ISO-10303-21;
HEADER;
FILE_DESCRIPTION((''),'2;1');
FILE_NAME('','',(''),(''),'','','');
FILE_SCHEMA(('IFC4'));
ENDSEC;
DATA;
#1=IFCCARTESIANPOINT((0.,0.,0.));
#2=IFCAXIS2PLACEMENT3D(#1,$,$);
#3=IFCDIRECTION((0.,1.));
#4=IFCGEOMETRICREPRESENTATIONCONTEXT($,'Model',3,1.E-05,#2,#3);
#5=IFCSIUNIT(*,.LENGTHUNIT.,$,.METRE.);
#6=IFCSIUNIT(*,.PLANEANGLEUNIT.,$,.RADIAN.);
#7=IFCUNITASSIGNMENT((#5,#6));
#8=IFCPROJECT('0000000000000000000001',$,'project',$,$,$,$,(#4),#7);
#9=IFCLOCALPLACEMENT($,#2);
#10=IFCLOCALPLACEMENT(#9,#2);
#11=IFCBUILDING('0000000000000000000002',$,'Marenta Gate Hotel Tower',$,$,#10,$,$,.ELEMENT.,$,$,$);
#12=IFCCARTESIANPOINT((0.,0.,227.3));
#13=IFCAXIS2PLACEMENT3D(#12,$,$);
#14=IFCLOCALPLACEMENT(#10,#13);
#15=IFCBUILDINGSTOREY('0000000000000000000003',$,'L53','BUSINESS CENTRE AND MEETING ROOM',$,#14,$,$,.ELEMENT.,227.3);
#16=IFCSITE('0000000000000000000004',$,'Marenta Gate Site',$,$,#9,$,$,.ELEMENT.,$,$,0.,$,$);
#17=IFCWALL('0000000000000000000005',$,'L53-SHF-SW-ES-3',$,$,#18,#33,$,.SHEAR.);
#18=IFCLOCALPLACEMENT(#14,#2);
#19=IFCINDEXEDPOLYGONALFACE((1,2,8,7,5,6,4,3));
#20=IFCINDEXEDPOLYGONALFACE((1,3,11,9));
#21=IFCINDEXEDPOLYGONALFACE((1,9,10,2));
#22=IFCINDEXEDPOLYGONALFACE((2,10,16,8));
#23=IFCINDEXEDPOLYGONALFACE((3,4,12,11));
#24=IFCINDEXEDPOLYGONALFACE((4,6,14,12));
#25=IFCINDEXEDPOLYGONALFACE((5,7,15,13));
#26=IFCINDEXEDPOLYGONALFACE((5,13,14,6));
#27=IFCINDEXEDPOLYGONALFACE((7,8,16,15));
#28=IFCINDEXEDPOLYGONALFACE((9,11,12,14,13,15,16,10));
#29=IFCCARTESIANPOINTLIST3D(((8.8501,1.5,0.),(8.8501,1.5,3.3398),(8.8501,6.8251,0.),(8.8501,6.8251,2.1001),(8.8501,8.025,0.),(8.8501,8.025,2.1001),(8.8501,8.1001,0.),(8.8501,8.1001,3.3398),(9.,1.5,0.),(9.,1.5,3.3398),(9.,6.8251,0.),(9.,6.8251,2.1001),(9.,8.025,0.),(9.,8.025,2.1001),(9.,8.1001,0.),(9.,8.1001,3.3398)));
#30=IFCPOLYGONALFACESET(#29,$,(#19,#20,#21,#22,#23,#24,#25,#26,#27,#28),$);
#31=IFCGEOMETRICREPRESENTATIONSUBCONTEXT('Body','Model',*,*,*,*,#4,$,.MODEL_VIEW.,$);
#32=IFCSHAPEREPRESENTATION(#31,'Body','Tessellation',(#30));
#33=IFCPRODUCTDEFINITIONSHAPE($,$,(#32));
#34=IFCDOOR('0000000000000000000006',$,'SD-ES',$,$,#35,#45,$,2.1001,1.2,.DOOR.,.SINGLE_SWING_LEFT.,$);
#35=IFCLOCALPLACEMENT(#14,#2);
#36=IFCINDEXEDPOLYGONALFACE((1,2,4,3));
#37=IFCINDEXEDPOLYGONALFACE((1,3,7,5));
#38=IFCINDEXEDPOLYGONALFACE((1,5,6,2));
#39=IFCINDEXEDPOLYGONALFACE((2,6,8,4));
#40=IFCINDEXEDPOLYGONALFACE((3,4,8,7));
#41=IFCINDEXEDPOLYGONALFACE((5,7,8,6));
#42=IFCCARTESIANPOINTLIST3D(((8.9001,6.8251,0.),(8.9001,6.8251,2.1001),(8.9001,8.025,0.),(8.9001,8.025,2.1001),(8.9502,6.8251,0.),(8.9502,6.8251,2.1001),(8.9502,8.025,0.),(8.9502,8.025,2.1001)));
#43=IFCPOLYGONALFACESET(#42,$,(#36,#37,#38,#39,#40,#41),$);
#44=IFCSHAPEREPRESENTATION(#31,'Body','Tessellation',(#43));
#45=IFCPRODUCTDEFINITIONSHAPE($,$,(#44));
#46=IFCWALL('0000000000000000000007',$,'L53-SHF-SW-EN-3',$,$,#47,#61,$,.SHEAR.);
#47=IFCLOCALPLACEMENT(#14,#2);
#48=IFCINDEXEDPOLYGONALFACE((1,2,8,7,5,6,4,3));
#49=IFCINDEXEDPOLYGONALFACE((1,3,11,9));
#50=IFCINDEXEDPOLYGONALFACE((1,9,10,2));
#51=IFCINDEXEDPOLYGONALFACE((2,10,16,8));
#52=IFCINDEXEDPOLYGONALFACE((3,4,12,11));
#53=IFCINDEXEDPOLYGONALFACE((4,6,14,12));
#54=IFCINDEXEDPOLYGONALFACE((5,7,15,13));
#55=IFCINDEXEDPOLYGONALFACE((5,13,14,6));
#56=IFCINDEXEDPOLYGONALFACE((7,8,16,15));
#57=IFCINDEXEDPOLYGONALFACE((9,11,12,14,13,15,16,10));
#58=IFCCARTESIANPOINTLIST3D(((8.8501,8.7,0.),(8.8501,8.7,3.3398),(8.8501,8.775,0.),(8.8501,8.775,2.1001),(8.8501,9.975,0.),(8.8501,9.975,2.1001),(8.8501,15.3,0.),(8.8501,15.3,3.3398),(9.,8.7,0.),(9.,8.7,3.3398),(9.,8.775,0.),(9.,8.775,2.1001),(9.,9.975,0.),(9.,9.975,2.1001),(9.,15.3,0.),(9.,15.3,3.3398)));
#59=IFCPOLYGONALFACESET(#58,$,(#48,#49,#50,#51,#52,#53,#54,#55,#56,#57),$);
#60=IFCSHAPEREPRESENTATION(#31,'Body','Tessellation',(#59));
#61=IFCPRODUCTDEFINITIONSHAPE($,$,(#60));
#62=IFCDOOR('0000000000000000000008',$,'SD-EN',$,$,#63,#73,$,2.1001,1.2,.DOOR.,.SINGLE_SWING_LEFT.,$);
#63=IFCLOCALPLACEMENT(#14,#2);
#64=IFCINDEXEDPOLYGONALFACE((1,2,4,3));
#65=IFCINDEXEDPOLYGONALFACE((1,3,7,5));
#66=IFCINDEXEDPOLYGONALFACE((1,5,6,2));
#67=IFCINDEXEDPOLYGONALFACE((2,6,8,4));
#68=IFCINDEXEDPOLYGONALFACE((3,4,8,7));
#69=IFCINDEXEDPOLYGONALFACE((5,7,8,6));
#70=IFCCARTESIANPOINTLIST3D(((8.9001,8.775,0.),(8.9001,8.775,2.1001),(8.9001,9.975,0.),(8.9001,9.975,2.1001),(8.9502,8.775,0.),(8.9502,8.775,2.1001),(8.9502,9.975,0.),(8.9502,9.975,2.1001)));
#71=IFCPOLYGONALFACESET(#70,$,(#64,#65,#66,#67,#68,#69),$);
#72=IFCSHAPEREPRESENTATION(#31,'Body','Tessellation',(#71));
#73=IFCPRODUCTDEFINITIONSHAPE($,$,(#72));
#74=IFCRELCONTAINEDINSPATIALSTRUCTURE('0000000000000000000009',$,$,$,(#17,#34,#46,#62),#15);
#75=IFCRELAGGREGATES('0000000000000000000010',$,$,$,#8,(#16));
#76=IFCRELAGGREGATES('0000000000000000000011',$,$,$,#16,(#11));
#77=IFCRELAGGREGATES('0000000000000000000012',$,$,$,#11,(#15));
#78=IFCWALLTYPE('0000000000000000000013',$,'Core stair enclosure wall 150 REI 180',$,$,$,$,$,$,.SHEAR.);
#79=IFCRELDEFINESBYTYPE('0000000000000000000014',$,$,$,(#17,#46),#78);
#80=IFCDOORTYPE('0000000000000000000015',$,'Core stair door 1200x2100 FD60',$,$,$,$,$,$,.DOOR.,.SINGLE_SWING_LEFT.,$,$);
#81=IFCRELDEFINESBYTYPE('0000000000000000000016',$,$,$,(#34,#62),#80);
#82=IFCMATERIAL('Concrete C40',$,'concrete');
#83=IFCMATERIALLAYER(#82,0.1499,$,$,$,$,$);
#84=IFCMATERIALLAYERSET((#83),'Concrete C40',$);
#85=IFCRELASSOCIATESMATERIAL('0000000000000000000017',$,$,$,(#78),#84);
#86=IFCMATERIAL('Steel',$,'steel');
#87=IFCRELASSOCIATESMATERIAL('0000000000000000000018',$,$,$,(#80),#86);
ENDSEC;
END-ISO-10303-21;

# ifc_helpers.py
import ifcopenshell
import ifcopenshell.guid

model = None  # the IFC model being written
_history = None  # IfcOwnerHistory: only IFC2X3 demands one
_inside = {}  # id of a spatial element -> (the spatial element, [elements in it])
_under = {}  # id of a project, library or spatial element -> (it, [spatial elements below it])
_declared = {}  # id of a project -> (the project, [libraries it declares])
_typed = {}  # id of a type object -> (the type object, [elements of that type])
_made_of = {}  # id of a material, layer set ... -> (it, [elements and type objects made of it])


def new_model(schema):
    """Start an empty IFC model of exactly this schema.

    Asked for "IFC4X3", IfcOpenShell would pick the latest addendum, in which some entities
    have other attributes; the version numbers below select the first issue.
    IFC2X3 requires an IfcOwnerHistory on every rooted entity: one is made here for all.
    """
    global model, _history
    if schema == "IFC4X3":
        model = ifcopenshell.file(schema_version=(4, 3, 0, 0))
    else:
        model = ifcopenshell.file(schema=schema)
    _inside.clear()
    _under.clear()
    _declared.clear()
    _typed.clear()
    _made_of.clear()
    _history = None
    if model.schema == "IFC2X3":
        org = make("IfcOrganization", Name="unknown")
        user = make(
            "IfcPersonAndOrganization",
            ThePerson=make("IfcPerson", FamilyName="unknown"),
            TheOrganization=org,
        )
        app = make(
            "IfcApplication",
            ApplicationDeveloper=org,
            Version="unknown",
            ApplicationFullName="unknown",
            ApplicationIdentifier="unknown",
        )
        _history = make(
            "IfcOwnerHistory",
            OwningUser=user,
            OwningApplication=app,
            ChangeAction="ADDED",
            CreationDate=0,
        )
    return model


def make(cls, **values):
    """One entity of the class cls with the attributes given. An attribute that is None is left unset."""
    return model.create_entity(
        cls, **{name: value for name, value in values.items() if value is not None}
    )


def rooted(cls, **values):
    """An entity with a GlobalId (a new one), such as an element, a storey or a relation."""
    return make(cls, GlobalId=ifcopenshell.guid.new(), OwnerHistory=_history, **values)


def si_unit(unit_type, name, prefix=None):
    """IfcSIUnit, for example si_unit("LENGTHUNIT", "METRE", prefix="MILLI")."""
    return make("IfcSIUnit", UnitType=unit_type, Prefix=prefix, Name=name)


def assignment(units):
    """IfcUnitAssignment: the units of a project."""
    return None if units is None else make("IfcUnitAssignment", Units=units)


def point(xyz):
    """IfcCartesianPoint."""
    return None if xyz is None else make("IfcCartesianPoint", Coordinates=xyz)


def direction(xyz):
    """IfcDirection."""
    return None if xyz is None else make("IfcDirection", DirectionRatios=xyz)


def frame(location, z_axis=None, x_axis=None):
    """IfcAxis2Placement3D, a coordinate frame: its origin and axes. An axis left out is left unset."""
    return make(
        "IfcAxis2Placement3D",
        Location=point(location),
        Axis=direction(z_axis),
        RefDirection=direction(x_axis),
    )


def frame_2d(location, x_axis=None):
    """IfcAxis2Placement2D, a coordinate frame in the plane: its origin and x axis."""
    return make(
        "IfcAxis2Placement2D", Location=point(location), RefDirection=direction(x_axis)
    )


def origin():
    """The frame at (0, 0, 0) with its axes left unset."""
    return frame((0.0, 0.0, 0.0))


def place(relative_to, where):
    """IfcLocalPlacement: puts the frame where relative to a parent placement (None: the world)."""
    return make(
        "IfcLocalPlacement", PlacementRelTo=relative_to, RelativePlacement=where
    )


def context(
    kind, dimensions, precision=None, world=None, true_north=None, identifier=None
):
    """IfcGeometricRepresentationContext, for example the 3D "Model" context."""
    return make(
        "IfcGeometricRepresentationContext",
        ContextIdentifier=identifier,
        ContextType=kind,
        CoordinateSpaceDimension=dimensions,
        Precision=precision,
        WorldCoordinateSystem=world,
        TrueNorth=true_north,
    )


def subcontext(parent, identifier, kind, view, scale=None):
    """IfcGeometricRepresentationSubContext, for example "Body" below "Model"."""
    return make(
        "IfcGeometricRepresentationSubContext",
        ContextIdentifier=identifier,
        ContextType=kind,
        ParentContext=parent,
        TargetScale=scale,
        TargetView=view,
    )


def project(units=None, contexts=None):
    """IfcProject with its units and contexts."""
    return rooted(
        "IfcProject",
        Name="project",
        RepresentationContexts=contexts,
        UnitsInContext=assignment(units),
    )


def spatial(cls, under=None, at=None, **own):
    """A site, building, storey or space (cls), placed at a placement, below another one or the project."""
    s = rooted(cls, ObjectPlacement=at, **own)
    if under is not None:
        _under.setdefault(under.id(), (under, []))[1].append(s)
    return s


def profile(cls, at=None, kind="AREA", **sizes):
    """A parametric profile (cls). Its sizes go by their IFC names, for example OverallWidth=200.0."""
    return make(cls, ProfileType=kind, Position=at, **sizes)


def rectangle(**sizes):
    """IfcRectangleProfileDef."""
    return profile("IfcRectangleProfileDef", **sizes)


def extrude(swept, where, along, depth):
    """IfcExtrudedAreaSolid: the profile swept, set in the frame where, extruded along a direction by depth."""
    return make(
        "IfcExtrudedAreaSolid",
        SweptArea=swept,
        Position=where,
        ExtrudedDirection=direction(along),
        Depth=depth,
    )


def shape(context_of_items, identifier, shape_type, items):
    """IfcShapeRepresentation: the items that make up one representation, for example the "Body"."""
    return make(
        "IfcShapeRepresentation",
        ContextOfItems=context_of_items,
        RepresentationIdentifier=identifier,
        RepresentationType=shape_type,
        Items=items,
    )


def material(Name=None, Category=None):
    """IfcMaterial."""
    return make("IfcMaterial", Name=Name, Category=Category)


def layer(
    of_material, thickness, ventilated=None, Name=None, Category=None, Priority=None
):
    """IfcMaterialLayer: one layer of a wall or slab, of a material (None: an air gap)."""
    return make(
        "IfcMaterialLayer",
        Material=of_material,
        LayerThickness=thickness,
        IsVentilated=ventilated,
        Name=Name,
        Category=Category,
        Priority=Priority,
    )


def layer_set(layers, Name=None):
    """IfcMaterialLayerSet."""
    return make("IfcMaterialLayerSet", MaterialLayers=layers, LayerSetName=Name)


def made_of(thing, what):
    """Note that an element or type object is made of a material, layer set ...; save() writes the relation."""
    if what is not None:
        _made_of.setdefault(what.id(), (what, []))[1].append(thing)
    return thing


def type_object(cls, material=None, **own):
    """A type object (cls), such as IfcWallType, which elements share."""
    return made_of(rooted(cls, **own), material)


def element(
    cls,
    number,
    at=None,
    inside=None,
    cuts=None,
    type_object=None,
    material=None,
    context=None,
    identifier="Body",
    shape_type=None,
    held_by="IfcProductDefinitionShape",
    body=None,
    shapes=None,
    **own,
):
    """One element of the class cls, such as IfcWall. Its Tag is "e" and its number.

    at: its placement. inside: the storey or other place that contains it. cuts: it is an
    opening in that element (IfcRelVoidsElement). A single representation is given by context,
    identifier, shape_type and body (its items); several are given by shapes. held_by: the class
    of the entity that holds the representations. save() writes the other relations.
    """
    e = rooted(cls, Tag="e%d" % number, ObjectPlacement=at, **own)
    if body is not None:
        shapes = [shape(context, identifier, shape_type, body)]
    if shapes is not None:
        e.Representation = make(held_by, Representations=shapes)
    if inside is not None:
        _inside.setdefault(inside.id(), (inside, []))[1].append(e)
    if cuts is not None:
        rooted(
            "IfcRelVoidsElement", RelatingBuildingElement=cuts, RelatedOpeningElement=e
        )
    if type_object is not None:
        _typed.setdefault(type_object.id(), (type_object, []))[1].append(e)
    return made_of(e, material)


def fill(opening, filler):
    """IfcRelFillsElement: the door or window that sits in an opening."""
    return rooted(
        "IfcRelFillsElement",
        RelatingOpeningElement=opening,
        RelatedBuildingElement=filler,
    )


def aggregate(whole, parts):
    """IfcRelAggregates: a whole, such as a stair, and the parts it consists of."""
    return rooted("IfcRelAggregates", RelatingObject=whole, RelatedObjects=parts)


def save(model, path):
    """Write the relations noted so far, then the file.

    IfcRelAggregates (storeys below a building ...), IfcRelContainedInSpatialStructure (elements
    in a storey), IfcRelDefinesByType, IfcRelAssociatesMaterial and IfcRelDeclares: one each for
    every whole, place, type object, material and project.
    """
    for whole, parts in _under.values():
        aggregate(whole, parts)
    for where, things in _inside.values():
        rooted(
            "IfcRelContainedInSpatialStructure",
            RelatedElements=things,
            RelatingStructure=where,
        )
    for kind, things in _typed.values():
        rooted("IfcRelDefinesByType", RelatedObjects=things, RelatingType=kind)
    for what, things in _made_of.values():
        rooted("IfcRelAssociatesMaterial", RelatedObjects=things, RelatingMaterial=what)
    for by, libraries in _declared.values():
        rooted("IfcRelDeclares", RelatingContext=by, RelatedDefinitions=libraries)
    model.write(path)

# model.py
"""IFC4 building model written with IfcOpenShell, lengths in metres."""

from ifc_helpers import new_model, si_unit, direction, frame, frame_2d, origin, place, context, subcontext, project, spatial, rectangle, extrude, material, layer, layer_set, type_object, element, fill, save


model = new_model("IFC4")

# Units and contexts
model_context = context("Model", 3, precision=1e-05, world=origin(), true_north=direction((0.0, 1.0)))
body_context = subcontext(model_context, "Body", "Model", "MODEL_VIEW")
ifc_project = project(units=[si_unit("LENGTHUNIT", "METRE"), si_unit("PLANEANGLEUNIT", "RADIAN")], contexts=[model_context])

# Site, building, storey
site_placement = place(None, origin())
site = spatial("IfcSite", under=ifc_project, at=site_placement, Name="Marenta Gate Site", CompositionType="ELEMENT", RefElevation=0.0)
building_placement = place(site_placement, origin())
building = spatial("IfcBuilding", under=site, at=building_placement, Name="Marenta Gate Hotel Tower", CompositionType="ELEMENT")
storey_placement = place(building_placement, frame((0.0, 0.0, 227.3)))
storey = spatial("IfcBuildingStorey", under=building, at=storey_placement, Name="L53", Description="BUSINESS CENTRE AND MEETING ROOM", CompositionType="ELEMENT", Elevation=227.3)

# Walls, openings, doors
ifc_material_1 = material(Name="Concrete C40", Category="concrete")
ifc_layer_1 = layer(ifc_material_1, 0.1499)
ifc_layer_set_1 = layer_set([ifc_layer_1], Name="Concrete C40")
wall_type_1 = type_object("IfcWallType", Name="Core stair enclosure wall 150 REI 180", PredefinedType="SHEAR", material=ifc_layer_set_1)
wall_1_placement = place(storey_placement, frame((8.925, 1.5, 0.0), z_axis=(0.0, 0.0, 1.0), x_axis=(0.0, 1.0, 0.0)))
wall_1 = element("IfcWall", 1, at=wall_1_placement, inside=storey, type_object=wall_type_1, Name="L53-SHF-SW-ES-3", PredefinedType="SHEAR", context=body_context, shape_type="SweptSolid", body=[
    extrude(rectangle(XDim=6.6001, YDim=0.1499, at=frame_2d((3.3, 0.0))), origin(), (0.0, 0.0, 1.0), 3.3398),
])
opening_1_placement = place(wall_1_placement, frame((5.325, 0.0, 0.0)))
opening_1 = element("IfcOpeningElement", 2, at=opening_1_placement, cuts=wall_1, PredefinedType="OPENING", context=body_context, shape_type="SweptSolid", body=[
    extrude(rectangle(XDim=1.2, YDim=2.1001, at=frame_2d((0.6001, 1.05))), frame((0.0, 0.075, 0.0), z_axis=(0.0, -1.0, 0.0), x_axis=(1.0, 0.0, 0.0)), (0.0, 0.0, 1.0), 0.1499),
])
ifc_material_2 = material(Name="Steel", Category="steel")
door_type_1 = type_object("IfcDoorType", Name="Core stair door 1200x2100 FD60", OperationType="SINGLE_SWING_LEFT", PredefinedType="DOOR", material=ifc_material_2)
door_1_placement = place(opening_1_placement, origin())
door_1 = element("IfcDoor", 3, at=door_1_placement, inside=storey, type_object=door_type_1, Name="SD-ES", OperationType="SINGLE_SWING_LEFT", OverallHeight=2.1001, OverallWidth=1.2, PredefinedType="DOOR", context=body_context, shape_type="SweptSolid", body=[
    extrude(rectangle(XDim=1.2, YDim=2.1001, at=frame_2d((0.6001, 1.05))), frame((0.0, 0.0249, 0.0), z_axis=(0.0, -1.0, 0.0), x_axis=(1.0, 0.0, 0.0)), (0.0, 0.0, 1.0), 0.05),
])
fill(opening_1, door_1)
wall_2_placement = place(storey_placement, frame((8.925, 8.7, 0.0), z_axis=(0.0, 0.0, 1.0), x_axis=(0.0, 1.0, 0.0)))
wall_2 = element("IfcWall", 4, at=wall_2_placement, inside=storey, type_object=wall_type_1, Name="L53-SHF-SW-EN-3", PredefinedType="SHEAR", context=body_context, shape_type="SweptSolid", body=[
    extrude(rectangle(XDim=6.6001, YDim=0.1499, at=frame_2d((3.3, 0.0))), origin(), (0.0, 0.0, 1.0), 3.3398),
])
opening_2_placement = place(wall_2_placement, frame((0.075, 0.0, 0.0)))
opening_2 = element("IfcOpeningElement", 5, at=opening_2_placement, cuts=wall_2, PredefinedType="OPENING", context=body_context, shape_type="SweptSolid", body=[
    extrude(rectangle(XDim=1.2, YDim=2.1001, at=frame_2d((0.6001, 1.05))), frame((0.0, 0.075, 0.0), z_axis=(0.0, -1.0, 0.0), x_axis=(1.0, 0.0, 0.0)), (0.0, 0.0, 1.0), 0.1499),
])
door_2_placement = place(opening_2_placement, origin())
door_2 = element("IfcDoor", 6, at=door_2_placement, inside=storey, type_object=door_type_1, Name="SD-EN", OperationType="SINGLE_SWING_LEFT", OverallHeight=2.1001, OverallWidth=1.2, PredefinedType="DOOR", context=body_context, shape_type="SweptSolid", body=[
    extrude(rectangle(XDim=1.2, YDim=2.1001, at=frame_2d((0.6001, 1.05))), frame((0.0, 0.0249, 0.0), z_axis=(0.0, -1.0, 0.0), x_axis=(1.0, 0.0, 0.0)), (0.0, 0.0, 1.0), 0.05),
])
fill(opening_2, door_2)

save(model, "model.ifc")
